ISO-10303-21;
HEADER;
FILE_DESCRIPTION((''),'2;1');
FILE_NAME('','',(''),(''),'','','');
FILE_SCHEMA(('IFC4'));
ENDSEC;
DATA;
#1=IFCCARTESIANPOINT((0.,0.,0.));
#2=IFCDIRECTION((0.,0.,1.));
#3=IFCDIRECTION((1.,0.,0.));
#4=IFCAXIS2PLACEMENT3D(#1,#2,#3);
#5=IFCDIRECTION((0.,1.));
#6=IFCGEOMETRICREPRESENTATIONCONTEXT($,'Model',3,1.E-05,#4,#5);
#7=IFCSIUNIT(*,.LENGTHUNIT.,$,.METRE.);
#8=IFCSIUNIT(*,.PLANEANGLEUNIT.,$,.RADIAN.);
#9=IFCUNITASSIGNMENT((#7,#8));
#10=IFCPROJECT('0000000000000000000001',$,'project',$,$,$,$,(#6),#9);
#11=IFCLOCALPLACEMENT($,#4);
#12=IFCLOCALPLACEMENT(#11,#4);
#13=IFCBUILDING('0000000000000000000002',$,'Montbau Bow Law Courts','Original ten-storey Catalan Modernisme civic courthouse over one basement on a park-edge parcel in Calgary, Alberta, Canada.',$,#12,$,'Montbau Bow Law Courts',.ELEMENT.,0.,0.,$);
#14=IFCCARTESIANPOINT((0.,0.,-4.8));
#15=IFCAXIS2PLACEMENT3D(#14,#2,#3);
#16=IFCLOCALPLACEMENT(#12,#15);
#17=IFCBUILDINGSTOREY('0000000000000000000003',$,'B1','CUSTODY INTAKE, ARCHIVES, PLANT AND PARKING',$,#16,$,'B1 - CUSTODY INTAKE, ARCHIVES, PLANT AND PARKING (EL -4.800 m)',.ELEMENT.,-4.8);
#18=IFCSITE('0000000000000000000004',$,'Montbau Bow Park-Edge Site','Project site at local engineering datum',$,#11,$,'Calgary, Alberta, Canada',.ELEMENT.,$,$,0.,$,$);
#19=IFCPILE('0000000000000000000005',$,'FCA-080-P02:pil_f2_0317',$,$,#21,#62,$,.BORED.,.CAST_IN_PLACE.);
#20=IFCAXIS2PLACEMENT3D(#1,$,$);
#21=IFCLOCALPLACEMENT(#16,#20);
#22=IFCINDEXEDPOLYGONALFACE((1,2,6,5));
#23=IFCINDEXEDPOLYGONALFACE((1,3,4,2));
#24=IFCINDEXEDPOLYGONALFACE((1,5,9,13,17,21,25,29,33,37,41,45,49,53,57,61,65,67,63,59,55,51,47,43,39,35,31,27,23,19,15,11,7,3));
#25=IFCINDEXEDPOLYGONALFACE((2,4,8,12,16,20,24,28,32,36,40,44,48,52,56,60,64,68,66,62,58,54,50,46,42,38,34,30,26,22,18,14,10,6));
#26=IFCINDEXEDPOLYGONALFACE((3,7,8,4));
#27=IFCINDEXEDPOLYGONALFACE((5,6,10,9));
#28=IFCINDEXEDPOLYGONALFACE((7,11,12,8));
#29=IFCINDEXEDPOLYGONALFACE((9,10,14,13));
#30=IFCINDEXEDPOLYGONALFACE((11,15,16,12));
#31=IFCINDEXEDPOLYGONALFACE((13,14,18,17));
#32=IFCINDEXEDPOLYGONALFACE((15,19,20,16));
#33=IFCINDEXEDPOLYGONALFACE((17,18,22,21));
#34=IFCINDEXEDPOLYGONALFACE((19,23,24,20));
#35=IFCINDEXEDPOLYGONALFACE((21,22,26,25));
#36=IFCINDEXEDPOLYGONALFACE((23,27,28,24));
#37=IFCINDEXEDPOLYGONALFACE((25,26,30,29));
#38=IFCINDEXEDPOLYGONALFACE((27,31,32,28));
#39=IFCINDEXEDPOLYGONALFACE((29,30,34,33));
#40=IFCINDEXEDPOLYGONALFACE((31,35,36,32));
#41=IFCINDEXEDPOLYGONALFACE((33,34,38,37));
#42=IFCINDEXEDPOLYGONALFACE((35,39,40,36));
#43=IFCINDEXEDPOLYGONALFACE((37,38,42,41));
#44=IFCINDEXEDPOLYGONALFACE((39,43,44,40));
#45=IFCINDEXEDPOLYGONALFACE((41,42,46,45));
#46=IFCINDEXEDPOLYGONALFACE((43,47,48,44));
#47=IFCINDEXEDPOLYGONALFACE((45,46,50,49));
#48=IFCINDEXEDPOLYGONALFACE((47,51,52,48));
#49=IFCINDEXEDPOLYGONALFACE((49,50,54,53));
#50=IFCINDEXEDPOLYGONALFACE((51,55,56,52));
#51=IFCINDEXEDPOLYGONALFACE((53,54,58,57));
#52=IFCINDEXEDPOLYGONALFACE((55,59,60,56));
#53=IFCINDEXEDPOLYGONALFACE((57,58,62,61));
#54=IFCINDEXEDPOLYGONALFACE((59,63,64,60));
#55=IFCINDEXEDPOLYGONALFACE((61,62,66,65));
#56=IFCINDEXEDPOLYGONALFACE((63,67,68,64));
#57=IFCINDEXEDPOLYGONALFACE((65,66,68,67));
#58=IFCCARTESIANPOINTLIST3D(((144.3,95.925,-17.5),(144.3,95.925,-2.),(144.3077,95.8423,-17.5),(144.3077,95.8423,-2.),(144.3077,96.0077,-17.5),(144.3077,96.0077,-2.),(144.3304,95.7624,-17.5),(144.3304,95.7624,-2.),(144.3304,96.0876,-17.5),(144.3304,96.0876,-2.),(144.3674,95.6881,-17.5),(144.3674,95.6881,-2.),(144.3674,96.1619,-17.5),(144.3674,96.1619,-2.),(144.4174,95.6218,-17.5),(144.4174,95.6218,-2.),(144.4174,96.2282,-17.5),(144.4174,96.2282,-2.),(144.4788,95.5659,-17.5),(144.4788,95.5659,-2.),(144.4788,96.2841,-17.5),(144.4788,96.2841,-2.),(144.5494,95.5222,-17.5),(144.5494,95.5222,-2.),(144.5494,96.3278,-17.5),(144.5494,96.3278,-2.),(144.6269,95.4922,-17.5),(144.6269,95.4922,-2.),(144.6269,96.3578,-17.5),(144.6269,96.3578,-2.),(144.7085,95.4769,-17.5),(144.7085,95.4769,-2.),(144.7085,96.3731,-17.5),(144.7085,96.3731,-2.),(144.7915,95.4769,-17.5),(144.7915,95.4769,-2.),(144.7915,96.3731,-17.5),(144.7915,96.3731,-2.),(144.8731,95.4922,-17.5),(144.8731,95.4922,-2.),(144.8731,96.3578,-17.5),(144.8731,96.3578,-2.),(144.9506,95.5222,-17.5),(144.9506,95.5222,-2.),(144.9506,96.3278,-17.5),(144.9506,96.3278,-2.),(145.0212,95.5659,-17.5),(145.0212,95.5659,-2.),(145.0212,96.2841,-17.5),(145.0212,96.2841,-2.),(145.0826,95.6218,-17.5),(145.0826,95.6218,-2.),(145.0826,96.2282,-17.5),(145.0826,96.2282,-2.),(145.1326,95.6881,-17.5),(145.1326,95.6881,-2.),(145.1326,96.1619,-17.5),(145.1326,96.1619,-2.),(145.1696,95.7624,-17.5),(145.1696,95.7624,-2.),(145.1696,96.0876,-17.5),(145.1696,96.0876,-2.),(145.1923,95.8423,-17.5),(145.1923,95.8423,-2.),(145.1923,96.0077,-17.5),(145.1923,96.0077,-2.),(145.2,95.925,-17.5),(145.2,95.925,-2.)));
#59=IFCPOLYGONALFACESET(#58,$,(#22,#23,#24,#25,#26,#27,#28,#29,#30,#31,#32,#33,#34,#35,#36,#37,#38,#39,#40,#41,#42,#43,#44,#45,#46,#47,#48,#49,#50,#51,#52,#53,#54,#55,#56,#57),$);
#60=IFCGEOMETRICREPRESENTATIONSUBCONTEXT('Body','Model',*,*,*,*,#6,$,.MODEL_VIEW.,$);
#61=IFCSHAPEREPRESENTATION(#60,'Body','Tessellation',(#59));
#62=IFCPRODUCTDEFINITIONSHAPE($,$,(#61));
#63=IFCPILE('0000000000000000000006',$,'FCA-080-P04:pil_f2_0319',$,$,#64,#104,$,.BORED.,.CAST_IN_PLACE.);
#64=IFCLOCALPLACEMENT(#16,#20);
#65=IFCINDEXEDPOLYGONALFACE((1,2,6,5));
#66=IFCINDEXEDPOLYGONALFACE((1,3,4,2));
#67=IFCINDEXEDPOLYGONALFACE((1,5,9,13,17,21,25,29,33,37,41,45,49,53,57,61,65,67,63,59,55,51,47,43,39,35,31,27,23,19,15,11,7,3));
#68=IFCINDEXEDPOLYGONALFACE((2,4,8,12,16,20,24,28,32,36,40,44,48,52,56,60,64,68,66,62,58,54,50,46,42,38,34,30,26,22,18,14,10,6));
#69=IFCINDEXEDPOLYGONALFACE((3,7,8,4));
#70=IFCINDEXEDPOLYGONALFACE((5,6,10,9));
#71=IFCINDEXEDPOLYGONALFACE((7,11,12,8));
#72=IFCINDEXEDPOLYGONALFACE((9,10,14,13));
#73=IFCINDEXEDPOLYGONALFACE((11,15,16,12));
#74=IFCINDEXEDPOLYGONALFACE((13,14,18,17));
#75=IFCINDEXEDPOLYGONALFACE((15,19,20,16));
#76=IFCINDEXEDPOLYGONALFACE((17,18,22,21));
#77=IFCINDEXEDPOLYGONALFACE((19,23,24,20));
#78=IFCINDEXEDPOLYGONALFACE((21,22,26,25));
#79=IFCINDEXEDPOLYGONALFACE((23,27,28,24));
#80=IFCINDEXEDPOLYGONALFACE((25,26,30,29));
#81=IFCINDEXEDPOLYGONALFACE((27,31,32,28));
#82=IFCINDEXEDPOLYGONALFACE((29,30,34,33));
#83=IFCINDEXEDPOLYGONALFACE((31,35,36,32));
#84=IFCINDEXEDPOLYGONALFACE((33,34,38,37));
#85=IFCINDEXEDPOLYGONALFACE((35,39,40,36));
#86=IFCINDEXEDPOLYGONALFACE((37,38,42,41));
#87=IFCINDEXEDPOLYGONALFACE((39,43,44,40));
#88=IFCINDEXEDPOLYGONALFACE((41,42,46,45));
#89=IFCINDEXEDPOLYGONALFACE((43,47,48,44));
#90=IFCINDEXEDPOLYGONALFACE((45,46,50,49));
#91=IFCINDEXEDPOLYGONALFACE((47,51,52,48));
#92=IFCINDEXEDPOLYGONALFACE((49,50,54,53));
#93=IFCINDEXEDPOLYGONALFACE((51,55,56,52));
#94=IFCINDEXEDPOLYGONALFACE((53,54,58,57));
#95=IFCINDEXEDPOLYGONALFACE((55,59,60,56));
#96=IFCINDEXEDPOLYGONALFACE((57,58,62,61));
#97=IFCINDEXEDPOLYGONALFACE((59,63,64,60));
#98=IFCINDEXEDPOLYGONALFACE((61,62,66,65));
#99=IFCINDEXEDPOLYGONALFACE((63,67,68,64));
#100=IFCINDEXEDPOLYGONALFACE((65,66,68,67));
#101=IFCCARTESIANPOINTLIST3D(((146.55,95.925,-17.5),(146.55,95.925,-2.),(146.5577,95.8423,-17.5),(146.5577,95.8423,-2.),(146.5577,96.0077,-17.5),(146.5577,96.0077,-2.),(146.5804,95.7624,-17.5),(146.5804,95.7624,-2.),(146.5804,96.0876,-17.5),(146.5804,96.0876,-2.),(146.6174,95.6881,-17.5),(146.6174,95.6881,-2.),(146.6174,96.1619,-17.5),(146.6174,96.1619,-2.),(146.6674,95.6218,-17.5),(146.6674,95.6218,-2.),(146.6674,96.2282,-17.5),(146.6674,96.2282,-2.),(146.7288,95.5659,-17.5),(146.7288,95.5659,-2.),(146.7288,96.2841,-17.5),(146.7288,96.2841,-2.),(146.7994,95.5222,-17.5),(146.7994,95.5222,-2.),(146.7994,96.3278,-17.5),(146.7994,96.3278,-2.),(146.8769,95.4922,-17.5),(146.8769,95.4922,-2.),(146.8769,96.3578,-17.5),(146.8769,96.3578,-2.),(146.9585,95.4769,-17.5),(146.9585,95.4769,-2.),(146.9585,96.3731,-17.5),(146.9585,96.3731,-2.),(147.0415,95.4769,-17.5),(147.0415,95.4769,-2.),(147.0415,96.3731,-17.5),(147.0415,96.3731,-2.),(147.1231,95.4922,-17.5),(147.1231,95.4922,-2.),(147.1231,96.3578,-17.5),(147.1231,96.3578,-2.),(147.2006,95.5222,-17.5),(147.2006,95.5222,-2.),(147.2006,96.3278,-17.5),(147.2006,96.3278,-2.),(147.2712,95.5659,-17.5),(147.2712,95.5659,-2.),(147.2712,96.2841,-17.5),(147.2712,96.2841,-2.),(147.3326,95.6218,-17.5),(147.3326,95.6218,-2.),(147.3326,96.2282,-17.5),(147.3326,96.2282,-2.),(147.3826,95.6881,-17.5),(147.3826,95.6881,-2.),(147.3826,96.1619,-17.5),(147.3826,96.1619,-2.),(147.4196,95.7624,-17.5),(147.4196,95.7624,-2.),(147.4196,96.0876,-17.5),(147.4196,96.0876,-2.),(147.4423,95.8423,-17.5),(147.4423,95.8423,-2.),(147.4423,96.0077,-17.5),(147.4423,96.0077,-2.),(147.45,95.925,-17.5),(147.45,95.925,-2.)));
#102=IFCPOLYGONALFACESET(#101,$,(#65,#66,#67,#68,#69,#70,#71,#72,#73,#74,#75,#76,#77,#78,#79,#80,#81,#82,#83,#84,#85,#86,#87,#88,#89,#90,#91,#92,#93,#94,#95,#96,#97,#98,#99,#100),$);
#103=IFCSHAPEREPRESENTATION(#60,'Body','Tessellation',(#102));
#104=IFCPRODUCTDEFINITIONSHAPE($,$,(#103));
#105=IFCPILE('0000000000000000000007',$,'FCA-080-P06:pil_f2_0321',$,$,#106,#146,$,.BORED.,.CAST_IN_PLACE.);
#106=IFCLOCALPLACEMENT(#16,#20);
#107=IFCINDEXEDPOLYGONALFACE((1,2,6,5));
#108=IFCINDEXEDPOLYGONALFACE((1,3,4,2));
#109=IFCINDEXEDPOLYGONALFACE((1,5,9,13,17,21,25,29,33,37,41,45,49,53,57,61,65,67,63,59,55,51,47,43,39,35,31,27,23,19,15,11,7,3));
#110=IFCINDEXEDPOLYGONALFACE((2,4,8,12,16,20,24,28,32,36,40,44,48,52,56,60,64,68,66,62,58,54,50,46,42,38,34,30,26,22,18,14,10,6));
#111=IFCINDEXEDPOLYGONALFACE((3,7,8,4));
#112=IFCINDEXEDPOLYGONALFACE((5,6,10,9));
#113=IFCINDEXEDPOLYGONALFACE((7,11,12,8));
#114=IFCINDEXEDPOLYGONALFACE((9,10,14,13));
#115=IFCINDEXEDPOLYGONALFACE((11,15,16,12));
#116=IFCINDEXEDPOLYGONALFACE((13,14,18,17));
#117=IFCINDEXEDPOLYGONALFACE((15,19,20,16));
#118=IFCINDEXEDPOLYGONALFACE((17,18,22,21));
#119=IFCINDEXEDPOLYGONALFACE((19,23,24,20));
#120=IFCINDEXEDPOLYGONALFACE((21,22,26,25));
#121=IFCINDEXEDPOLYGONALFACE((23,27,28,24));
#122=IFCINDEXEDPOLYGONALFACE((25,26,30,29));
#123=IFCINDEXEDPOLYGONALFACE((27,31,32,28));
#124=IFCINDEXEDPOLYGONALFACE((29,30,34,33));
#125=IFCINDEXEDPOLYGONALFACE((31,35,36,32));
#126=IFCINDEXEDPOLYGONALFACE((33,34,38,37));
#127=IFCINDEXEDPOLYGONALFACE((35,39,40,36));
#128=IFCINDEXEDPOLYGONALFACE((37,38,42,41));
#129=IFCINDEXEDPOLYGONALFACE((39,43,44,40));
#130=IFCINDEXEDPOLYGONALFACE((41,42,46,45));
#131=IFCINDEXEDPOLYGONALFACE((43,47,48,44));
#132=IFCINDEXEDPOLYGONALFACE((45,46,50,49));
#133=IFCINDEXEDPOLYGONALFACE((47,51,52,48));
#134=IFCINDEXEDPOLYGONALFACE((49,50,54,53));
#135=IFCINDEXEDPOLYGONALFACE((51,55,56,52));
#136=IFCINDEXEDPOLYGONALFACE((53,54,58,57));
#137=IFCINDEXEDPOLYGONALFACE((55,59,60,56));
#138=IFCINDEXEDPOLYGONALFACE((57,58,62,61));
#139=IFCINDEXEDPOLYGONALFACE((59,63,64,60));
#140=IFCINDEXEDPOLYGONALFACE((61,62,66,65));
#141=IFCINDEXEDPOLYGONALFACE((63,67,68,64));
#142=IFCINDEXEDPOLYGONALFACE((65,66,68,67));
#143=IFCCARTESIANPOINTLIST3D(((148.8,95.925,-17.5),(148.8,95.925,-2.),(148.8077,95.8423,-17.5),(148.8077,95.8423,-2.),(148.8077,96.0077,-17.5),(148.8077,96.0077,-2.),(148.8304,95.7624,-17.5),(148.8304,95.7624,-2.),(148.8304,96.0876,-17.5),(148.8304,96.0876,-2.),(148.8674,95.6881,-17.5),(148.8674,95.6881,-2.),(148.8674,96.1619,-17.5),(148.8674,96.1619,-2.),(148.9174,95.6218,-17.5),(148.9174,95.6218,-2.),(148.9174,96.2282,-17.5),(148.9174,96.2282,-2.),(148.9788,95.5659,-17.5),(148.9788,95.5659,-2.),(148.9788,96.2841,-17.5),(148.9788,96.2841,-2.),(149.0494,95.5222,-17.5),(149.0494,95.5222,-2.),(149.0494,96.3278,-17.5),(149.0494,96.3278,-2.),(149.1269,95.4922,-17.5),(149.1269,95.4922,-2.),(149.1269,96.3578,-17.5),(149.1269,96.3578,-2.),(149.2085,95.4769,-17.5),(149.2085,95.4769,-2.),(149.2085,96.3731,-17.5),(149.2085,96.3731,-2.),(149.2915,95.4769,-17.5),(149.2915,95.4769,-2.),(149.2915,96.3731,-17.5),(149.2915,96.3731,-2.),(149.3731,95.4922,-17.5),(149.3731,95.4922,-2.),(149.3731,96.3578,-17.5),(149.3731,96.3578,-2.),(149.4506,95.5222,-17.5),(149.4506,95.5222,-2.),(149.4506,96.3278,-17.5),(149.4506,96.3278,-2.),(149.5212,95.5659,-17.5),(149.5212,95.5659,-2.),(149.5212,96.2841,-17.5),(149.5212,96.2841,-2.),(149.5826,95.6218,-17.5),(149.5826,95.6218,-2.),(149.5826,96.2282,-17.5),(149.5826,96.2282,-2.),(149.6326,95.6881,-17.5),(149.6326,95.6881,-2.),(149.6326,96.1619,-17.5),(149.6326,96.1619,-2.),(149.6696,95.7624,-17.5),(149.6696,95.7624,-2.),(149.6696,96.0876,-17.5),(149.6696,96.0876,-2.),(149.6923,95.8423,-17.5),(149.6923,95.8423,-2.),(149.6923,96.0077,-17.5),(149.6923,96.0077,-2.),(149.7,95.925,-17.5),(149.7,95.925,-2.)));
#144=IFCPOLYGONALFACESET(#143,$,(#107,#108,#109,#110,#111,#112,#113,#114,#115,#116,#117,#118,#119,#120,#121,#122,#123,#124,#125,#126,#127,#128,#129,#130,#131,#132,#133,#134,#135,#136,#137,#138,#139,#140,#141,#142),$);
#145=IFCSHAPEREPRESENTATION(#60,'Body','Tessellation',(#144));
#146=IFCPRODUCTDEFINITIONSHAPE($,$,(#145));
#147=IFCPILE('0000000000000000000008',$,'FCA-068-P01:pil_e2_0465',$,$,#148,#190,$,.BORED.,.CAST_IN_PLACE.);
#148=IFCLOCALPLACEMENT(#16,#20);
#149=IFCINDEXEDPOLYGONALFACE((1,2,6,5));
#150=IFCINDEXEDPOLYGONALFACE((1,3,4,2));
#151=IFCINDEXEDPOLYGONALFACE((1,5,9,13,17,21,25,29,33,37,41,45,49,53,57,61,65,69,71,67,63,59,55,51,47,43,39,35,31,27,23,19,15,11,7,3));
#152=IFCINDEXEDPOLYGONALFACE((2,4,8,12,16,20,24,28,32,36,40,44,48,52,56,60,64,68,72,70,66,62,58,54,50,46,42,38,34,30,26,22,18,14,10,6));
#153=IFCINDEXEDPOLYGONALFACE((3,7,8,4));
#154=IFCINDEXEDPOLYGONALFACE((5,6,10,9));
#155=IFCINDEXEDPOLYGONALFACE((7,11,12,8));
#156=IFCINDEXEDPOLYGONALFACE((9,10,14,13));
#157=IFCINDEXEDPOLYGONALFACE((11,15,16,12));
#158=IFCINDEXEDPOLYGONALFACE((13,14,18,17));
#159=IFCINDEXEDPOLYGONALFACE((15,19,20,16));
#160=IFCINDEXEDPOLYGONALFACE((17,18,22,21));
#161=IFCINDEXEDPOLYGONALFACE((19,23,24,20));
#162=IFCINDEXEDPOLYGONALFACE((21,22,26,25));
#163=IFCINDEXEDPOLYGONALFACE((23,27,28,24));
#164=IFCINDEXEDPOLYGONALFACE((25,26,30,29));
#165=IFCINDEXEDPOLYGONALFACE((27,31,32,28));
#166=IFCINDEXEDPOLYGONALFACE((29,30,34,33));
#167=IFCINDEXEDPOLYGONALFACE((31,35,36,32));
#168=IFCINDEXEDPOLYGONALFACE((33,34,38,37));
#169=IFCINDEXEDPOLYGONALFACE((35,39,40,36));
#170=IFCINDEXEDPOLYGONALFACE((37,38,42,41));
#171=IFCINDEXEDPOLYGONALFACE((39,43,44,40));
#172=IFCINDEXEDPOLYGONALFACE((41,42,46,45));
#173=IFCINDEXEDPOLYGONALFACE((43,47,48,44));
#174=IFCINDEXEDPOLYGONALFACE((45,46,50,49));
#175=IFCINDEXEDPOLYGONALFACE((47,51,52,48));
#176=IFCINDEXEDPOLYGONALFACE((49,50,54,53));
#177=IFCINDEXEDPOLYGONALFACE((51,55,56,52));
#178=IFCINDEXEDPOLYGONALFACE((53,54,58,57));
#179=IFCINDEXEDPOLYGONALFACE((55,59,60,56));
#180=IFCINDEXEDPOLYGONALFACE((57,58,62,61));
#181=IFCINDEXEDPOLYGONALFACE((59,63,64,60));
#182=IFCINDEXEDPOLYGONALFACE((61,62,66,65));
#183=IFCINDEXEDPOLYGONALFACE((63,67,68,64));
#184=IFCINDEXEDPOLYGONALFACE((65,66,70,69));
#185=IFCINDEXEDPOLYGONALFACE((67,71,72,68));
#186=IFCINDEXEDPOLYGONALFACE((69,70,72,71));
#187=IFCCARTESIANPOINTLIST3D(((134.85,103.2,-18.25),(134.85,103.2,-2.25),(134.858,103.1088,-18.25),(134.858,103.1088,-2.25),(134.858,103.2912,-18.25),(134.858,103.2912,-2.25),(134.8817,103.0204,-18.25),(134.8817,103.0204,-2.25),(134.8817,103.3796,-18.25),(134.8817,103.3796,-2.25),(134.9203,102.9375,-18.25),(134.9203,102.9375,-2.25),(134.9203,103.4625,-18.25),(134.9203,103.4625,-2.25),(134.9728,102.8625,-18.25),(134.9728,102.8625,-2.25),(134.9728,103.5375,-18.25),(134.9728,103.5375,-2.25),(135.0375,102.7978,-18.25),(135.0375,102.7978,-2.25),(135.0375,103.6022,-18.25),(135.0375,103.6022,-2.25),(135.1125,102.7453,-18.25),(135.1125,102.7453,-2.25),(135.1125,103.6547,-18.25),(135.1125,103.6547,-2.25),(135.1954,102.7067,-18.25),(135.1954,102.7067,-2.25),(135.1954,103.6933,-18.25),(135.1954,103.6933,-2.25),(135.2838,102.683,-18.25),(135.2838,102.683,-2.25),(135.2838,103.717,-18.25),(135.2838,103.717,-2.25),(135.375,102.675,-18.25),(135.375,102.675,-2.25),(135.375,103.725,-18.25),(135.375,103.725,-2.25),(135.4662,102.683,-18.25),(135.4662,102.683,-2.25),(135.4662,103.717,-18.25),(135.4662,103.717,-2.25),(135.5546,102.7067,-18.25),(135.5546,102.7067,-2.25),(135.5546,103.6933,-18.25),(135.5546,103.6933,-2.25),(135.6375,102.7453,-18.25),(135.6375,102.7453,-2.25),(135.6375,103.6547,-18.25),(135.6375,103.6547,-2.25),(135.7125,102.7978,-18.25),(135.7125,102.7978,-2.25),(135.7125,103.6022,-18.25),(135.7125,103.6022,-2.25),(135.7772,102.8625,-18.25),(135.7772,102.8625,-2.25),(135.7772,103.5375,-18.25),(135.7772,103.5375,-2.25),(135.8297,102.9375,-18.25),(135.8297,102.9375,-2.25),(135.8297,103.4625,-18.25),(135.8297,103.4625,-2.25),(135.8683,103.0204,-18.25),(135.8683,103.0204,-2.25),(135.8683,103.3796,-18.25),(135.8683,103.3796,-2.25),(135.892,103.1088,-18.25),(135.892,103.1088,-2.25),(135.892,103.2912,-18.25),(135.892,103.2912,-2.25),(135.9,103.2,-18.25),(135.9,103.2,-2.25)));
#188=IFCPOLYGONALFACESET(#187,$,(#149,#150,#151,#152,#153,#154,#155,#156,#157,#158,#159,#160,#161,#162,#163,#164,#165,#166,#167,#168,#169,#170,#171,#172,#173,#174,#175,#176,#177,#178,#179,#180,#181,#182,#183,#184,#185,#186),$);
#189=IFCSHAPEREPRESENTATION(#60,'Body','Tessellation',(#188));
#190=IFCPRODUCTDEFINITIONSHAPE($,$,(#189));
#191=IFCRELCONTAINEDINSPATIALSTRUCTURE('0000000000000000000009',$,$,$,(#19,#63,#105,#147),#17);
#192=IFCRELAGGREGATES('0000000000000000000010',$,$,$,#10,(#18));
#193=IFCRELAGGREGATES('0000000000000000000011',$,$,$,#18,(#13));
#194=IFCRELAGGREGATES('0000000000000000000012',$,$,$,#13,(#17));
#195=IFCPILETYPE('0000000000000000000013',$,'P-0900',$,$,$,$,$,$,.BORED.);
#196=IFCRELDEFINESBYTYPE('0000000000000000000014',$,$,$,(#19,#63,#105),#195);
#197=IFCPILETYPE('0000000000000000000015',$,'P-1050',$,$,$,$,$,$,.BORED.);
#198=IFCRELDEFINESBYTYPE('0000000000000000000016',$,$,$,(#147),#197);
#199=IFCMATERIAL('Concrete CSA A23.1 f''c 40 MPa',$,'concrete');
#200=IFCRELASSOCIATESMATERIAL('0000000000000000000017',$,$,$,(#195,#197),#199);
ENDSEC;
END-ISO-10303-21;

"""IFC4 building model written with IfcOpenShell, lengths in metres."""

from ifc_helpers import new_model, si_unit, direction, frame, origin_with_axes, origin_2d_with_axis, place, context, subcontext, project, spatial, circle, extrude, material, material_profile, profile_set, type_object, element, save


model = new_model("IFC4")

# Units and contexts
model_context = context("Model", 3, precision=1e-05, world=origin_with_axes(), true_north=direction((0.0, 1.0)))
body_context = subcontext(model_context, "Body", "Model", "MODEL_VIEW")
ifc_project = project(units=[si_unit("LENGTHUNIT", "METRE"), si_unit("PLANEANGLEUNIT", "RADIAN")], contexts=[model_context])

# Site, building, storey
site_placement = place(None, origin_with_axes())
site = spatial("IfcSite", under=ifc_project, at=site_placement, Name="Montbau Bow Park-Edge Site", Description="Project site at local engineering datum", LongName="Calgary, Alberta, Canada", CompositionType="ELEMENT", RefElevation=0.0)
building_placement = place(site_placement, origin_with_axes())
building = spatial("IfcBuilding", under=site, at=building_placement, Name="Montbau Bow Law Courts", Description="Original ten-storey Catalan Modernisme civic courthouse over one basement on a park-edge parcel in Calgary, Alberta, Canada.", LongName="Montbau Bow Law Courts", CompositionType="ELEMENT", ElevationOfRefHeight=0.0, ElevationOfTerrain=0.0)
storey_placement = place(building_placement, frame((0.0, 0.0, -4.8), z_axis=(0.0, 0.0, 1.0), x_axis=(1.0, 0.0, 0.0)))
storey = spatial("IfcBuildingStorey", under=building, at=storey_placement, Name="B1", Description="CUSTODY INTAKE, ARCHIVES, PLANT AND PARKING", LongName="B1 - CUSTODY INTAKE, ARCHIVES, PLANT AND PARKING (EL -4.800 m)", CompositionType="ELEMENT", Elevation=-4.8)

# Piles
ifc_material_1 = material(Name="Concrete CSA A23.1 f'c 40 MPa", Category="concrete")
ifc_material_profile_1 = material_profile(ifc_material_1, circle(Radius=0.45, at=origin_2d_with_axis()), Name="BP900", Category="Main", Priority=0)
ifc_profile_set_1 = profile_set([ifc_material_profile_1], Name="Concrete CSA A23.1 f'c 40 MPa")
pile_type_1 = type_object("IfcPileType", Name="P-0900", PredefinedType="BORED", material=ifc_profile_set_1)
for number, where, z_axis, x_axis, name in (
    (1, (144.75, 95.925, -22.3), (0.0, 0.0, 1.0), (1.0, 0.0, 0.0), "FCA-080-P02:pil_f2_0317"),
    (2, (147.0, 95.925, -22.3), (0.0, 0.0, 1.0), (1.0, 0.0, 0.0), "FCA-080-P04:pil_f2_0319"),
    (3, (149.25, 95.925, -22.3), (0.0, 0.0, 1.0), (1.0, 0.0, 0.0), "FCA-080-P06:pil_f2_0321"),
):
    element("IfcPile", number, at=place(None, frame(where, z_axis=z_axis, x_axis=x_axis)), inside=storey, type_object=pile_type_1, Name=name, ConstructionType="CAST_IN_PLACE", PredefinedType="BORED", context=body_context, shape_type="SweptSolid", body=[
        extrude(circle(Radius=0.45, at=origin_2d_with_axis()), origin_with_axes(), (0.0, 0.0, 1.0), 15.5),
    ])
ifc_material_profile_2 = material_profile(ifc_material_1, circle(Radius=0.525, at=origin_2d_with_axis()), Name="BP1050", Category="Main", Priority=0)
ifc_profile_set_2 = profile_set([ifc_material_profile_2], Name="Concrete CSA A23.1 f'c 40 MPa")
pile_type_2 = type_object("IfcPileType", Name="P-1050", PredefinedType="BORED", material=ifc_profile_set_2)
for number, where, z_axis, x_axis, name in (
    (4, (135.375, 103.2, -23.05), (0.0, 0.0, 1.0), (1.0, 0.0, 0.0), "FCA-068-P01:pil_e2_0465"),
):
    element("IfcPile", number, at=place(None, frame(where, z_axis=z_axis, x_axis=x_axis)), inside=storey, type_object=pile_type_2, Name=name, ConstructionType="CAST_IN_PLACE", PredefinedType="BORED", context=body_context, shape_type="SweptSolid", body=[
        extrude(circle(Radius=0.525, at=origin_2d_with_axis()), origin_with_axes(), (0.0, 0.0, 1.0), 16.0),
    ])

save(model, "model.ifc")
